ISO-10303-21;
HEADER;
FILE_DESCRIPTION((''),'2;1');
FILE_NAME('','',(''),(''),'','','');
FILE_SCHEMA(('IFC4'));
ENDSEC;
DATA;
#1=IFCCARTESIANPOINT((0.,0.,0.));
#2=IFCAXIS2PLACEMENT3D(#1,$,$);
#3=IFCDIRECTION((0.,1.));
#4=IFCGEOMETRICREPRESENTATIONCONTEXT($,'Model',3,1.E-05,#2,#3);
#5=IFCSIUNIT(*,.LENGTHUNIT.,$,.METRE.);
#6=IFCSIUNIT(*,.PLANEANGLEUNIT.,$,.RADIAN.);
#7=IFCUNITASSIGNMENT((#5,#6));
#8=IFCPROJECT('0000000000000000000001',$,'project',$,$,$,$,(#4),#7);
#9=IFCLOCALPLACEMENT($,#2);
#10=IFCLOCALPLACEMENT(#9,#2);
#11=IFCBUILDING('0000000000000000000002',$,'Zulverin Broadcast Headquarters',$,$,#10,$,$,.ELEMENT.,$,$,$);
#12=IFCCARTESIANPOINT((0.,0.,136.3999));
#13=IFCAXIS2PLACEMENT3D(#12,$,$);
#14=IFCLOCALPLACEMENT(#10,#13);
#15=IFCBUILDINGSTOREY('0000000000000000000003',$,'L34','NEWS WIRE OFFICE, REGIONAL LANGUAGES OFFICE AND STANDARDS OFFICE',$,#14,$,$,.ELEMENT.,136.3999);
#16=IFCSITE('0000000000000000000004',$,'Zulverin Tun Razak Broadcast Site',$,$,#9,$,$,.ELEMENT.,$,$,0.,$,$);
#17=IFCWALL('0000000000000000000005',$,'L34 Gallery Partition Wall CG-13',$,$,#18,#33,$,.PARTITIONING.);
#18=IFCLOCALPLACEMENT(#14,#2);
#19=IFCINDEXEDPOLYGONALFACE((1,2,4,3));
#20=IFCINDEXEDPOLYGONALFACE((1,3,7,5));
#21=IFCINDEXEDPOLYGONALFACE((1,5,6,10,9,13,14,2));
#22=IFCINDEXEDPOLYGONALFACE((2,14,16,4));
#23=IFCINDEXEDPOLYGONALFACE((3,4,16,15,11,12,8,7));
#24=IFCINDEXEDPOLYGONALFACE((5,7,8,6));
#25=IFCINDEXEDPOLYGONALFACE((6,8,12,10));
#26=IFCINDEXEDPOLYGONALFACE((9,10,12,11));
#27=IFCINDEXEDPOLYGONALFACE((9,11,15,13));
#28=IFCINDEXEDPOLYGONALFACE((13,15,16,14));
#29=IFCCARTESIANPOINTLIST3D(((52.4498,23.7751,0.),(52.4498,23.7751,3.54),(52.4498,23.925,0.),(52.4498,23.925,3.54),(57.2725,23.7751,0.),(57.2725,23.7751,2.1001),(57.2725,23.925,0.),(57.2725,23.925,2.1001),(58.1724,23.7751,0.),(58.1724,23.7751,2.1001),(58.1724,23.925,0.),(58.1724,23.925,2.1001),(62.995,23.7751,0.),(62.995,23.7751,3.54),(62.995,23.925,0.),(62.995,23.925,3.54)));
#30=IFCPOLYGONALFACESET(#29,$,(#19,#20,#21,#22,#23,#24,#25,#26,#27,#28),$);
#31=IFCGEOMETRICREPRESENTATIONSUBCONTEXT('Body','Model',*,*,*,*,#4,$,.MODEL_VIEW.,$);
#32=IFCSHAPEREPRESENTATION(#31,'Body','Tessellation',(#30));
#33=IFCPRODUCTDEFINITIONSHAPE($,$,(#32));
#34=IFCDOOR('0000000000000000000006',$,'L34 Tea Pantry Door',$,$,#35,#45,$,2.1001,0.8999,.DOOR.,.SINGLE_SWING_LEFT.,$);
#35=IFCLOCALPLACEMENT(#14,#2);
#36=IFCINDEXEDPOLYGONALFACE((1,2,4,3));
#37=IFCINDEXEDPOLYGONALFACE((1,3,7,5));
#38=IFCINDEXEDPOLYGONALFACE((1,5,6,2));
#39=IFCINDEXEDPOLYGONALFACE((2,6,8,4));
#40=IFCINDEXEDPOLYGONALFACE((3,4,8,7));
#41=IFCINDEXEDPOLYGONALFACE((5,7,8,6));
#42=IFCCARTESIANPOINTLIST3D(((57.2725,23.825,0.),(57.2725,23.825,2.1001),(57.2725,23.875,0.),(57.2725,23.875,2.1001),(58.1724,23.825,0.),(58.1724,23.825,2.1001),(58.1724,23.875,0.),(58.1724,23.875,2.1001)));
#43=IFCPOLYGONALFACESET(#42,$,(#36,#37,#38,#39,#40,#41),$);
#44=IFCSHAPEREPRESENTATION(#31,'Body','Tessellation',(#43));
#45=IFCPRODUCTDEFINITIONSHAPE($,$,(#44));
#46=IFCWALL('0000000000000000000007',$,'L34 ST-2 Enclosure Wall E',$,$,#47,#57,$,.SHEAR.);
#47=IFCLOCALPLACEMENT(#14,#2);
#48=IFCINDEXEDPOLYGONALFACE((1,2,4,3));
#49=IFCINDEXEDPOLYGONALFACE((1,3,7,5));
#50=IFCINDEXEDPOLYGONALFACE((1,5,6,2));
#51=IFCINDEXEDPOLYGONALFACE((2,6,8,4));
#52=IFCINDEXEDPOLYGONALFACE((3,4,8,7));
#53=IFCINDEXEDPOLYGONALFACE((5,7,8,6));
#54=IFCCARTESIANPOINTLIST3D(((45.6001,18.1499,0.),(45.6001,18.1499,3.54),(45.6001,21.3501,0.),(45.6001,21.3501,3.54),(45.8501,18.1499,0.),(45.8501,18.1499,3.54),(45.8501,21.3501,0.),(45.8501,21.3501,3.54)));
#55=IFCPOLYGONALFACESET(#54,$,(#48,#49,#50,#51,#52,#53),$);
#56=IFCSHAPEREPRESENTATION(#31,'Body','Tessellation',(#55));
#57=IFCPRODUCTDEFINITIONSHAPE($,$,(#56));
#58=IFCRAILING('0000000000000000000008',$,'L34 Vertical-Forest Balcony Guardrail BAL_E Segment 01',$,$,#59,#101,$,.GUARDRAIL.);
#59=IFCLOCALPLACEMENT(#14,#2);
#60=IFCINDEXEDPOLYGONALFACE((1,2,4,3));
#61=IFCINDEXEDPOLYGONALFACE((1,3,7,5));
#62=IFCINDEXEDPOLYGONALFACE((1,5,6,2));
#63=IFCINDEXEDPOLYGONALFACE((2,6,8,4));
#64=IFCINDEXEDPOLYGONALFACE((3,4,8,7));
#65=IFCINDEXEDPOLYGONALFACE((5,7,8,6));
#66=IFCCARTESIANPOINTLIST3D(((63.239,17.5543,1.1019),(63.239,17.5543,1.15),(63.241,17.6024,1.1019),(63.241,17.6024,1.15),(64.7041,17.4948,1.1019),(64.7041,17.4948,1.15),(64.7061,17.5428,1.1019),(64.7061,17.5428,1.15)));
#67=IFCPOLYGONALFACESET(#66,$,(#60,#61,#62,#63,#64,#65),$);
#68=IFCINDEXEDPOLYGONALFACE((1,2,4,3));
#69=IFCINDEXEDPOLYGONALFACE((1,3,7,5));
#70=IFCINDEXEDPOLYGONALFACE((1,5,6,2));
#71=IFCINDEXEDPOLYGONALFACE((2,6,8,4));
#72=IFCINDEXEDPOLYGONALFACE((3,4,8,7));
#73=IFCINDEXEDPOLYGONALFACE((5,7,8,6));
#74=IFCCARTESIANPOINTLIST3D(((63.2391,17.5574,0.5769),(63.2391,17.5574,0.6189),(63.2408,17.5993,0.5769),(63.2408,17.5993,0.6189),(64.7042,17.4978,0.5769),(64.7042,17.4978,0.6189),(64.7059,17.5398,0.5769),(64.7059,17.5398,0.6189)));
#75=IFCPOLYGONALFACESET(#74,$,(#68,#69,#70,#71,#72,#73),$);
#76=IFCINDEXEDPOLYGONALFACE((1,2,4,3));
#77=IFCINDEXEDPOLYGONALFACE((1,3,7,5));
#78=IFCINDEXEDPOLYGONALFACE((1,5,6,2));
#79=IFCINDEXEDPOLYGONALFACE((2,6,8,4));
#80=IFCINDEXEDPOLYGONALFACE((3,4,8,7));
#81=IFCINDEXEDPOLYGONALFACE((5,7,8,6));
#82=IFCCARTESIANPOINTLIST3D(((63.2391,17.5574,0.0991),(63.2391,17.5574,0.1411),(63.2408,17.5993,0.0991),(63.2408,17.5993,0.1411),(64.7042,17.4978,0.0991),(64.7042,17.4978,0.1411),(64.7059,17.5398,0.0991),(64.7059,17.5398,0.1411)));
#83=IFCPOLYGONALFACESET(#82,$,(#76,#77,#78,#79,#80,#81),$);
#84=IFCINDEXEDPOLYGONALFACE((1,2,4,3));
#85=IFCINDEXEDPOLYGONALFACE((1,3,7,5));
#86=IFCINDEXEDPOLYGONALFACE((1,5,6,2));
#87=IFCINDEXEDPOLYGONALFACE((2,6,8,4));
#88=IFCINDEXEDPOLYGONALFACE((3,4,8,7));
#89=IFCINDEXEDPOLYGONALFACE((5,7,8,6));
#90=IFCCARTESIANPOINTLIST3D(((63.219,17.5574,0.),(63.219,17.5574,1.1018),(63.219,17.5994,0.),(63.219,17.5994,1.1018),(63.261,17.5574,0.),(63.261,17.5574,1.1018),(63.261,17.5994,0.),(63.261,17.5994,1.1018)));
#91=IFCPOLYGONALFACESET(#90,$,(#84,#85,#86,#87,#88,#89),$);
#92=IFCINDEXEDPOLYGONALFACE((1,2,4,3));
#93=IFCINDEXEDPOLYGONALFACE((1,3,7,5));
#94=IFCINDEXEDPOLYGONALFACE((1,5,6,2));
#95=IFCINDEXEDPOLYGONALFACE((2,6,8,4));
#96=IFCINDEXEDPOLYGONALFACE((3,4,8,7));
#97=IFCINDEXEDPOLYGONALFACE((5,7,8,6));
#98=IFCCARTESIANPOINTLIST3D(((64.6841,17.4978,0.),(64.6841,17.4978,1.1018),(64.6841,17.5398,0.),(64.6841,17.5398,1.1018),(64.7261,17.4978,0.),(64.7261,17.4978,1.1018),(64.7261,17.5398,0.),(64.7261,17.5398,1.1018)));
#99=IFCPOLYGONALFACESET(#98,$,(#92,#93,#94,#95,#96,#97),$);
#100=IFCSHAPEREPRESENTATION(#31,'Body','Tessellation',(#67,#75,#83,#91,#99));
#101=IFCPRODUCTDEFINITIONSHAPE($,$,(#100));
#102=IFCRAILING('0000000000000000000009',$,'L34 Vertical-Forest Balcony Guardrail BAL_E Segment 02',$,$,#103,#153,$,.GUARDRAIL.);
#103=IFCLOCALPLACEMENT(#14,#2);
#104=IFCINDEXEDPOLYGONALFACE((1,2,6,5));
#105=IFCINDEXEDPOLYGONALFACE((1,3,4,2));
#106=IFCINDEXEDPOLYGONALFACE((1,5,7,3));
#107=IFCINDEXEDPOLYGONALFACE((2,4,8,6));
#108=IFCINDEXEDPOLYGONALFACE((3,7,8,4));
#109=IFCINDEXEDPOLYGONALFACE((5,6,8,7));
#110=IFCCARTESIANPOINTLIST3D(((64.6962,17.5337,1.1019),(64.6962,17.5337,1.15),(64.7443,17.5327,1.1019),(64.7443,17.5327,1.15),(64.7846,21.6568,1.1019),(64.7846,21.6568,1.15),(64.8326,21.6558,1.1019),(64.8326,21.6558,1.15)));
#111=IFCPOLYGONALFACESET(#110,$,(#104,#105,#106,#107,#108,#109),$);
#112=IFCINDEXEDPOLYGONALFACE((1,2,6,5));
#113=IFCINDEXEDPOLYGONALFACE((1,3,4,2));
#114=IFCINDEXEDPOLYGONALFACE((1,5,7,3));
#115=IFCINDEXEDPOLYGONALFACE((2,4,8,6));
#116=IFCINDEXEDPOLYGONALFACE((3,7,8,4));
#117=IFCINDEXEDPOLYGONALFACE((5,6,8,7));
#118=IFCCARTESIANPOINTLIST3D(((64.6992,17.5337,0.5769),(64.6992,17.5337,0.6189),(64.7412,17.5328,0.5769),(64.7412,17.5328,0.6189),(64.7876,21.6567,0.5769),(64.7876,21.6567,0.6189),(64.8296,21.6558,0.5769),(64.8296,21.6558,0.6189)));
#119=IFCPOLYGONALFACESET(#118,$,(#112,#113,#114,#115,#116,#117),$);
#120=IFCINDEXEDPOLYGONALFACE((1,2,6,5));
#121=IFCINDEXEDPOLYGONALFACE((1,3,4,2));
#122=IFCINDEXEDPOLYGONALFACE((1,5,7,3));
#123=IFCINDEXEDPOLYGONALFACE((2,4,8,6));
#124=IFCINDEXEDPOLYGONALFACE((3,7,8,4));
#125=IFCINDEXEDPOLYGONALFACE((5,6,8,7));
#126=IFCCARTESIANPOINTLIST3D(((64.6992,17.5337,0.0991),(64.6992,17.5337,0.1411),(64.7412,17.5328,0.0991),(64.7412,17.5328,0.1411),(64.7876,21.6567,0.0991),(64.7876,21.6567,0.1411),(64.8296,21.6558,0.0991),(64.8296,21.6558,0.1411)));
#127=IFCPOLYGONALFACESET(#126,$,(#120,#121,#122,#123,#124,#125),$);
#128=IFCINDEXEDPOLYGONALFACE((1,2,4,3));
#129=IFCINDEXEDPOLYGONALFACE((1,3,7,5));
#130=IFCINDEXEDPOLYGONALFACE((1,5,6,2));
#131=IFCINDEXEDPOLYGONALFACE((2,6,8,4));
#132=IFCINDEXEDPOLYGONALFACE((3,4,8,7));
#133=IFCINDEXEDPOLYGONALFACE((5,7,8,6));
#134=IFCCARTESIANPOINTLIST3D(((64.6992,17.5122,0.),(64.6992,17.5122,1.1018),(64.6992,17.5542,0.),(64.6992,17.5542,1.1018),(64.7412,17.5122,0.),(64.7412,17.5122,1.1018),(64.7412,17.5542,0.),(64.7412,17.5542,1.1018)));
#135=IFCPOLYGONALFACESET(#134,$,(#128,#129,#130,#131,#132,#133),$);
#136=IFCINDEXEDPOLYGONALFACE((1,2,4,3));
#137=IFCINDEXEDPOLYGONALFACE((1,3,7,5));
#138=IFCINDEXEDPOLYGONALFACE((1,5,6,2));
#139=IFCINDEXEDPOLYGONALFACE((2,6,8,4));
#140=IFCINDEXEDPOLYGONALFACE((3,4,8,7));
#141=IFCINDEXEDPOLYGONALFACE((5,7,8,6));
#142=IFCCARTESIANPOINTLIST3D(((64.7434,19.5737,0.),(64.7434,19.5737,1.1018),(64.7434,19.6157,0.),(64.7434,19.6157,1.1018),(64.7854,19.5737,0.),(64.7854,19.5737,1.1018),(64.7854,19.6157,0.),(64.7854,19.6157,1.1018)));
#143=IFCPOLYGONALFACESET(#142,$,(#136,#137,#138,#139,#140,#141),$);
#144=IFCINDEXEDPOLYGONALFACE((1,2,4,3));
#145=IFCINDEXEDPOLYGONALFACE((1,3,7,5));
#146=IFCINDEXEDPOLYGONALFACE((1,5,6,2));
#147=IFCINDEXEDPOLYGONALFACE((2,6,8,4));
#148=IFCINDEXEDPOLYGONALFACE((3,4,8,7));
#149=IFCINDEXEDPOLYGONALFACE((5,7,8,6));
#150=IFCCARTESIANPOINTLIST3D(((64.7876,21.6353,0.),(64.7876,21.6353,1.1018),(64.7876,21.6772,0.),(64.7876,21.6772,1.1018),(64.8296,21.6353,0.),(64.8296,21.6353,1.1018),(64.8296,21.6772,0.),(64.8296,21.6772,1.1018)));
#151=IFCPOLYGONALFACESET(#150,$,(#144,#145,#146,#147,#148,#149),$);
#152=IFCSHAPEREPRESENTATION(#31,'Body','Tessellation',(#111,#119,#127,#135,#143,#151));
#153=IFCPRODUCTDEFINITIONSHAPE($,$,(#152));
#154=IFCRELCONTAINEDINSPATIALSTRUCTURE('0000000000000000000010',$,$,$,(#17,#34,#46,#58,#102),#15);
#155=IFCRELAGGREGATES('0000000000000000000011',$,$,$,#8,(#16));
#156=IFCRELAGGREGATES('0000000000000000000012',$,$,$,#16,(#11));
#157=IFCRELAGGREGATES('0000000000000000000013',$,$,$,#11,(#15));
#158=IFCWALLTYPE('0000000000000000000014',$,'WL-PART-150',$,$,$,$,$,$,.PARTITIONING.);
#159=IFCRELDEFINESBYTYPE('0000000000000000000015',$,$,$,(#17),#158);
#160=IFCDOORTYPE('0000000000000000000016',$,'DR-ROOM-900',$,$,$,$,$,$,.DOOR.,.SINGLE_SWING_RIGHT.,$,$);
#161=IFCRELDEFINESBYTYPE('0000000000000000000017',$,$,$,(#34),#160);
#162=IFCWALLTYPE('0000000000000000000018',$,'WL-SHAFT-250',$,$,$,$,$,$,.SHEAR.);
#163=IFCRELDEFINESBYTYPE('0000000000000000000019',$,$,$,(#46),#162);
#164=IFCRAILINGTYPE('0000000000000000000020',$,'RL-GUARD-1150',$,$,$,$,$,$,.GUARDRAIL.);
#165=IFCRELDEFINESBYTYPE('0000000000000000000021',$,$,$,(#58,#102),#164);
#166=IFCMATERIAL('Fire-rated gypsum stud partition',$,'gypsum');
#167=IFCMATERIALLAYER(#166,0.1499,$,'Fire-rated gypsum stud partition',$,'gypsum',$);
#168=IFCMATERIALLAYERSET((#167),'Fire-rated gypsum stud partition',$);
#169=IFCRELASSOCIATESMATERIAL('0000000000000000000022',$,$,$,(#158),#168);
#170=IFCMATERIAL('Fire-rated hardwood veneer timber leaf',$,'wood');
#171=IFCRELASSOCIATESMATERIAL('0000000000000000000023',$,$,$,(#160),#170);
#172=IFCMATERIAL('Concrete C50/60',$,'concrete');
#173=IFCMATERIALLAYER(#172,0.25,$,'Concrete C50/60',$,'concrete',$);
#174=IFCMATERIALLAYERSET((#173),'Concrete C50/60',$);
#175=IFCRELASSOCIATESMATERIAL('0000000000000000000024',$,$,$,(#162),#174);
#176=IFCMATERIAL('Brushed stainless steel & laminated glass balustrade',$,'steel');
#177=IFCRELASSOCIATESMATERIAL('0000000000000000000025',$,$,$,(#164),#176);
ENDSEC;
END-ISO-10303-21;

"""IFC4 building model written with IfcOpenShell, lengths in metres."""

from ifc_helpers import new_model, si_unit, direction, frame, frame_2d, origin, origin_2d, place, context, subcontext, project, spatial, rectangle, extrude, material, layer, layer_set, type_object, element, fill, save


model = new_model("IFC4")

# Units and contexts
model_context = context("Model", 3, precision=1e-05, world=origin(), true_north=direction((0.0, 1.0)))
body_context = subcontext(model_context, "Body", "Model", "MODEL_VIEW")
ifc_project = project(units=[si_unit("LENGTHUNIT", "METRE"), si_unit("PLANEANGLEUNIT", "RADIAN")], contexts=[model_context])

# Site, building, storey
site_placement = place(None, origin())
site = spatial("IfcSite", under=ifc_project, at=site_placement, Name="Zulverin Tun Razak Broadcast Site", CompositionType="ELEMENT", RefElevation=0.0)
building_placement = place(site_placement, origin())
building = spatial("IfcBuilding", under=site, at=building_placement, Name="Zulverin Broadcast Headquarters", CompositionType="ELEMENT")
storey_placement = place(building_placement, frame((0.0, 0.0, 136.3999)))
storey = spatial("IfcBuildingStorey", under=building, at=storey_placement, Name="L34", Description="NEWS WIRE OFFICE, REGIONAL LANGUAGES OFFICE AND STANDARDS OFFICE", CompositionType="ELEMENT", Elevation=136.3999)

# Shared definitions
ifc_material_1 = material(Name="Concrete C50/60", Category="concrete")

# Shared definitions
ifc_material_2 = material(Name="Fire-rated gypsum stud partition", Category="gypsum")
ifc_layer_1 = layer(ifc_material_2, 0.1499, Name="Fire-rated gypsum stud partition", Category="gypsum")
ifc_layer_set_1 = layer_set([ifc_layer_1], Name="Fire-rated gypsum stud partition")
wall_type_1 = type_object("IfcWallType", Name="WL-PART-150", PredefinedType="PARTITIONING", material=ifc_layer_set_1)

# Wall, opening, door
wall_1_placement = place(storey_placement, frame((52.45, 23.8501, 0.0), z_axis=(0.0, 0.0, 1.0), x_axis=(1.0, 0.0, 0.0)))
wall_1 = element("IfcWall", 1, at=wall_1_placement, inside=storey, type_object=wall_type_1, Name="L34 Gallery Partition Wall CG-13", PredefinedType="PARTITIONING", context=body_context, shape_type="SweptSolid", body=[
    extrude(rectangle(XDim=10.5452, YDim=0.1499, at=frame_2d((5.2725, 0.0))), origin(), (0.0, 0.0, 1.0), 3.54),
])
opening_1_placement = place(wall_1_placement, frame((4.8225, 0.0, 0.0)))
opening_1 = element("IfcOpeningElement", 2, at=opening_1_placement, cuts=wall_1, PredefinedType="OPENING", context=body_context, shape_type="SweptSolid", body=[
    extrude(rectangle(XDim=0.8999, YDim=2.1001, at=frame_2d((0.45, 1.05))), frame((0.0, 0.085, 0.0), z_axis=(0.0, -1.0, 0.0), x_axis=(1.0, 0.0, 0.0)), (0.0, 0.0, 1.0), 0.1699),
])
ifc_material_3 = material(Name="Fire-rated hardwood veneer timber leaf", Category="wood")
door_type_1 = type_object("IfcDoorType", Name="DR-ROOM-900", OperationType="SINGLE_SWING_RIGHT", PredefinedType="DOOR", material=ifc_material_3)
door_1_placement = place(opening_1_placement, origin())
door_1 = element("IfcDoor", 3, at=door_1_placement, inside=storey, type_object=door_type_1, Name="L34 Tea Pantry Door", OperationType="SINGLE_SWING_LEFT", OverallHeight=2.1001, OverallWidth=0.8999, PredefinedType="DOOR", context=body_context, shape_type="SweptSolid", body=[
    extrude(rectangle(XDim=0.8999, YDim=2.1001, at=frame_2d((0.45, 1.05))), frame((0.0, 0.0249, 0.0), z_axis=(0.0, -1.0, 0.0), x_axis=(1.0, 0.0, 0.0)), (0.0, 0.0, 1.0), 0.05),
])
fill(opening_1, door_1)

# Wall
ifc_layer_2 = layer(ifc_material_1, 0.25, Name="Concrete C50/60", Category="concrete")
ifc_layer_set_2 = layer_set([ifc_layer_2], Name="Concrete C50/60")
wall_type_2 = type_object("IfcWallType", Name="WL-SHAFT-250", PredefinedType="SHEAR", material=ifc_layer_set_2)
wall_2_placement = place(storey_placement, frame((45.7251, 18.1499, 0.0), z_axis=(0.0, 0.0, 1.0), x_axis=(0.0, 1.0, 0.0)))
element("IfcWall", 4, at=wall_2_placement, inside=storey, type_object=wall_type_2, Name="L34 ST-2 Enclosure Wall E", PredefinedType="SHEAR", context=body_context, shape_type="SweptSolid", body=[
    extrude(rectangle(XDim=3.2002, YDim=0.25, at=frame_2d((1.6001, 0.0))), origin(), (0.0, 0.0, 1.0), 3.54),
])

# Railings
ifc_material_4 = material(Name="Brushed stainless steel & laminated glass balustrade", Category="steel")
railing_type = type_object("IfcRailingType", Name="RL-GUARD-1150", PredefinedType="GUARDRAIL", material=ifc_material_4)
railing_1_placement = place(storey_placement, frame((63.24, 17.5784, 0.0)))
element("IfcRailing", 5, at=railing_1_placement, inside=storey, type_object=railing_type, Name="L34 Vertical-Forest Balcony Guardrail BAL_E Segment 01", PredefinedType="GUARDRAIL", context=body_context, shape_type="SweptSolid", body=[
    extrude(rectangle(XDim=0.0481, YDim=0.0481, at=origin_2d()), frame((0.0, 0.0, 1.126), z_axis=(0.999174, -0.040626, 0.0), x_axis=(0.040626, 0.999174, 0.0)), (0.0, 0.0, 1.0), 1.4663),
    extrude(rectangle(XDim=0.042, YDim=0.042, at=origin_2d()), frame((0.0, 0.0, 0.5979), z_axis=(0.999174, -0.040626, 0.0), x_axis=(0.040626, 0.999174, 0.0)), (0.0, 0.0, 1.0), 1.4663),
    extrude(rectangle(XDim=0.042, YDim=0.042, at=origin_2d()), frame((0.0, 0.0, 0.1201), z_axis=(0.999174, -0.040626, 0.0), x_axis=(0.040626, 0.999174, 0.0)), (0.0, 0.0, 1.0), 1.4663),
    extrude(rectangle(XDim=0.042, YDim=0.042, at=origin_2d()), origin(), (0.0, 0.0, 1.0), 1.1018),
    extrude(rectangle(XDim=0.042, YDim=0.042, at=origin_2d()), frame((1.4651, -0.0596, 0.0)), (0.0, 0.0, 1.0), 1.1018),
])
railing_2_placement = place(storey_placement, frame((64.7202, 17.5332, 0.0)))
element("IfcRailing", 6, at=railing_2_placement, inside=storey, type_object=railing_type, Name="L34 Vertical-Forest Balcony Guardrail BAL_E Segment 02", PredefinedType="GUARDRAIL", context=body_context, shape_type="SweptSolid", body=[
    extrude(rectangle(XDim=0.0481, YDim=0.0481, at=origin_2d()), frame((0.0, 0.0, 1.126), z_axis=(0.02143, 0.99977, 0.0), x_axis=(-0.99977, 0.02143, 0.0)), (0.0, 0.0, 1.0), 4.124),
    extrude(rectangle(XDim=0.042, YDim=0.042, at=origin_2d()), frame((0.0, 0.0, 0.5979), z_axis=(0.02143, 0.99977, 0.0), x_axis=(-0.99977, 0.02143, 0.0)), (0.0, 0.0, 1.0), 4.124),
    extrude(rectangle(XDim=0.042, YDim=0.042, at=origin_2d()), frame((0.0, 0.0, 0.1201), z_axis=(0.02143, 0.99977, 0.0), x_axis=(-0.99977, 0.02143, 0.0)), (0.0, 0.0, 1.0), 4.124),
    extrude(rectangle(XDim=0.042, YDim=0.042, at=origin_2d()), origin(), (0.0, 0.0, 1.0), 1.1018),
    extrude(rectangle(XDim=0.042, YDim=0.042, at=origin_2d()), frame((0.0442, 2.0615, 0.0)), (0.0, 0.0, 1.0), 1.1018),
    extrude(rectangle(XDim=0.042, YDim=0.042, at=origin_2d()), frame((0.0884, 4.123, 0.0)), (0.0, 0.0, 1.0), 1.1018),
])

save(model, "model.ifc")
